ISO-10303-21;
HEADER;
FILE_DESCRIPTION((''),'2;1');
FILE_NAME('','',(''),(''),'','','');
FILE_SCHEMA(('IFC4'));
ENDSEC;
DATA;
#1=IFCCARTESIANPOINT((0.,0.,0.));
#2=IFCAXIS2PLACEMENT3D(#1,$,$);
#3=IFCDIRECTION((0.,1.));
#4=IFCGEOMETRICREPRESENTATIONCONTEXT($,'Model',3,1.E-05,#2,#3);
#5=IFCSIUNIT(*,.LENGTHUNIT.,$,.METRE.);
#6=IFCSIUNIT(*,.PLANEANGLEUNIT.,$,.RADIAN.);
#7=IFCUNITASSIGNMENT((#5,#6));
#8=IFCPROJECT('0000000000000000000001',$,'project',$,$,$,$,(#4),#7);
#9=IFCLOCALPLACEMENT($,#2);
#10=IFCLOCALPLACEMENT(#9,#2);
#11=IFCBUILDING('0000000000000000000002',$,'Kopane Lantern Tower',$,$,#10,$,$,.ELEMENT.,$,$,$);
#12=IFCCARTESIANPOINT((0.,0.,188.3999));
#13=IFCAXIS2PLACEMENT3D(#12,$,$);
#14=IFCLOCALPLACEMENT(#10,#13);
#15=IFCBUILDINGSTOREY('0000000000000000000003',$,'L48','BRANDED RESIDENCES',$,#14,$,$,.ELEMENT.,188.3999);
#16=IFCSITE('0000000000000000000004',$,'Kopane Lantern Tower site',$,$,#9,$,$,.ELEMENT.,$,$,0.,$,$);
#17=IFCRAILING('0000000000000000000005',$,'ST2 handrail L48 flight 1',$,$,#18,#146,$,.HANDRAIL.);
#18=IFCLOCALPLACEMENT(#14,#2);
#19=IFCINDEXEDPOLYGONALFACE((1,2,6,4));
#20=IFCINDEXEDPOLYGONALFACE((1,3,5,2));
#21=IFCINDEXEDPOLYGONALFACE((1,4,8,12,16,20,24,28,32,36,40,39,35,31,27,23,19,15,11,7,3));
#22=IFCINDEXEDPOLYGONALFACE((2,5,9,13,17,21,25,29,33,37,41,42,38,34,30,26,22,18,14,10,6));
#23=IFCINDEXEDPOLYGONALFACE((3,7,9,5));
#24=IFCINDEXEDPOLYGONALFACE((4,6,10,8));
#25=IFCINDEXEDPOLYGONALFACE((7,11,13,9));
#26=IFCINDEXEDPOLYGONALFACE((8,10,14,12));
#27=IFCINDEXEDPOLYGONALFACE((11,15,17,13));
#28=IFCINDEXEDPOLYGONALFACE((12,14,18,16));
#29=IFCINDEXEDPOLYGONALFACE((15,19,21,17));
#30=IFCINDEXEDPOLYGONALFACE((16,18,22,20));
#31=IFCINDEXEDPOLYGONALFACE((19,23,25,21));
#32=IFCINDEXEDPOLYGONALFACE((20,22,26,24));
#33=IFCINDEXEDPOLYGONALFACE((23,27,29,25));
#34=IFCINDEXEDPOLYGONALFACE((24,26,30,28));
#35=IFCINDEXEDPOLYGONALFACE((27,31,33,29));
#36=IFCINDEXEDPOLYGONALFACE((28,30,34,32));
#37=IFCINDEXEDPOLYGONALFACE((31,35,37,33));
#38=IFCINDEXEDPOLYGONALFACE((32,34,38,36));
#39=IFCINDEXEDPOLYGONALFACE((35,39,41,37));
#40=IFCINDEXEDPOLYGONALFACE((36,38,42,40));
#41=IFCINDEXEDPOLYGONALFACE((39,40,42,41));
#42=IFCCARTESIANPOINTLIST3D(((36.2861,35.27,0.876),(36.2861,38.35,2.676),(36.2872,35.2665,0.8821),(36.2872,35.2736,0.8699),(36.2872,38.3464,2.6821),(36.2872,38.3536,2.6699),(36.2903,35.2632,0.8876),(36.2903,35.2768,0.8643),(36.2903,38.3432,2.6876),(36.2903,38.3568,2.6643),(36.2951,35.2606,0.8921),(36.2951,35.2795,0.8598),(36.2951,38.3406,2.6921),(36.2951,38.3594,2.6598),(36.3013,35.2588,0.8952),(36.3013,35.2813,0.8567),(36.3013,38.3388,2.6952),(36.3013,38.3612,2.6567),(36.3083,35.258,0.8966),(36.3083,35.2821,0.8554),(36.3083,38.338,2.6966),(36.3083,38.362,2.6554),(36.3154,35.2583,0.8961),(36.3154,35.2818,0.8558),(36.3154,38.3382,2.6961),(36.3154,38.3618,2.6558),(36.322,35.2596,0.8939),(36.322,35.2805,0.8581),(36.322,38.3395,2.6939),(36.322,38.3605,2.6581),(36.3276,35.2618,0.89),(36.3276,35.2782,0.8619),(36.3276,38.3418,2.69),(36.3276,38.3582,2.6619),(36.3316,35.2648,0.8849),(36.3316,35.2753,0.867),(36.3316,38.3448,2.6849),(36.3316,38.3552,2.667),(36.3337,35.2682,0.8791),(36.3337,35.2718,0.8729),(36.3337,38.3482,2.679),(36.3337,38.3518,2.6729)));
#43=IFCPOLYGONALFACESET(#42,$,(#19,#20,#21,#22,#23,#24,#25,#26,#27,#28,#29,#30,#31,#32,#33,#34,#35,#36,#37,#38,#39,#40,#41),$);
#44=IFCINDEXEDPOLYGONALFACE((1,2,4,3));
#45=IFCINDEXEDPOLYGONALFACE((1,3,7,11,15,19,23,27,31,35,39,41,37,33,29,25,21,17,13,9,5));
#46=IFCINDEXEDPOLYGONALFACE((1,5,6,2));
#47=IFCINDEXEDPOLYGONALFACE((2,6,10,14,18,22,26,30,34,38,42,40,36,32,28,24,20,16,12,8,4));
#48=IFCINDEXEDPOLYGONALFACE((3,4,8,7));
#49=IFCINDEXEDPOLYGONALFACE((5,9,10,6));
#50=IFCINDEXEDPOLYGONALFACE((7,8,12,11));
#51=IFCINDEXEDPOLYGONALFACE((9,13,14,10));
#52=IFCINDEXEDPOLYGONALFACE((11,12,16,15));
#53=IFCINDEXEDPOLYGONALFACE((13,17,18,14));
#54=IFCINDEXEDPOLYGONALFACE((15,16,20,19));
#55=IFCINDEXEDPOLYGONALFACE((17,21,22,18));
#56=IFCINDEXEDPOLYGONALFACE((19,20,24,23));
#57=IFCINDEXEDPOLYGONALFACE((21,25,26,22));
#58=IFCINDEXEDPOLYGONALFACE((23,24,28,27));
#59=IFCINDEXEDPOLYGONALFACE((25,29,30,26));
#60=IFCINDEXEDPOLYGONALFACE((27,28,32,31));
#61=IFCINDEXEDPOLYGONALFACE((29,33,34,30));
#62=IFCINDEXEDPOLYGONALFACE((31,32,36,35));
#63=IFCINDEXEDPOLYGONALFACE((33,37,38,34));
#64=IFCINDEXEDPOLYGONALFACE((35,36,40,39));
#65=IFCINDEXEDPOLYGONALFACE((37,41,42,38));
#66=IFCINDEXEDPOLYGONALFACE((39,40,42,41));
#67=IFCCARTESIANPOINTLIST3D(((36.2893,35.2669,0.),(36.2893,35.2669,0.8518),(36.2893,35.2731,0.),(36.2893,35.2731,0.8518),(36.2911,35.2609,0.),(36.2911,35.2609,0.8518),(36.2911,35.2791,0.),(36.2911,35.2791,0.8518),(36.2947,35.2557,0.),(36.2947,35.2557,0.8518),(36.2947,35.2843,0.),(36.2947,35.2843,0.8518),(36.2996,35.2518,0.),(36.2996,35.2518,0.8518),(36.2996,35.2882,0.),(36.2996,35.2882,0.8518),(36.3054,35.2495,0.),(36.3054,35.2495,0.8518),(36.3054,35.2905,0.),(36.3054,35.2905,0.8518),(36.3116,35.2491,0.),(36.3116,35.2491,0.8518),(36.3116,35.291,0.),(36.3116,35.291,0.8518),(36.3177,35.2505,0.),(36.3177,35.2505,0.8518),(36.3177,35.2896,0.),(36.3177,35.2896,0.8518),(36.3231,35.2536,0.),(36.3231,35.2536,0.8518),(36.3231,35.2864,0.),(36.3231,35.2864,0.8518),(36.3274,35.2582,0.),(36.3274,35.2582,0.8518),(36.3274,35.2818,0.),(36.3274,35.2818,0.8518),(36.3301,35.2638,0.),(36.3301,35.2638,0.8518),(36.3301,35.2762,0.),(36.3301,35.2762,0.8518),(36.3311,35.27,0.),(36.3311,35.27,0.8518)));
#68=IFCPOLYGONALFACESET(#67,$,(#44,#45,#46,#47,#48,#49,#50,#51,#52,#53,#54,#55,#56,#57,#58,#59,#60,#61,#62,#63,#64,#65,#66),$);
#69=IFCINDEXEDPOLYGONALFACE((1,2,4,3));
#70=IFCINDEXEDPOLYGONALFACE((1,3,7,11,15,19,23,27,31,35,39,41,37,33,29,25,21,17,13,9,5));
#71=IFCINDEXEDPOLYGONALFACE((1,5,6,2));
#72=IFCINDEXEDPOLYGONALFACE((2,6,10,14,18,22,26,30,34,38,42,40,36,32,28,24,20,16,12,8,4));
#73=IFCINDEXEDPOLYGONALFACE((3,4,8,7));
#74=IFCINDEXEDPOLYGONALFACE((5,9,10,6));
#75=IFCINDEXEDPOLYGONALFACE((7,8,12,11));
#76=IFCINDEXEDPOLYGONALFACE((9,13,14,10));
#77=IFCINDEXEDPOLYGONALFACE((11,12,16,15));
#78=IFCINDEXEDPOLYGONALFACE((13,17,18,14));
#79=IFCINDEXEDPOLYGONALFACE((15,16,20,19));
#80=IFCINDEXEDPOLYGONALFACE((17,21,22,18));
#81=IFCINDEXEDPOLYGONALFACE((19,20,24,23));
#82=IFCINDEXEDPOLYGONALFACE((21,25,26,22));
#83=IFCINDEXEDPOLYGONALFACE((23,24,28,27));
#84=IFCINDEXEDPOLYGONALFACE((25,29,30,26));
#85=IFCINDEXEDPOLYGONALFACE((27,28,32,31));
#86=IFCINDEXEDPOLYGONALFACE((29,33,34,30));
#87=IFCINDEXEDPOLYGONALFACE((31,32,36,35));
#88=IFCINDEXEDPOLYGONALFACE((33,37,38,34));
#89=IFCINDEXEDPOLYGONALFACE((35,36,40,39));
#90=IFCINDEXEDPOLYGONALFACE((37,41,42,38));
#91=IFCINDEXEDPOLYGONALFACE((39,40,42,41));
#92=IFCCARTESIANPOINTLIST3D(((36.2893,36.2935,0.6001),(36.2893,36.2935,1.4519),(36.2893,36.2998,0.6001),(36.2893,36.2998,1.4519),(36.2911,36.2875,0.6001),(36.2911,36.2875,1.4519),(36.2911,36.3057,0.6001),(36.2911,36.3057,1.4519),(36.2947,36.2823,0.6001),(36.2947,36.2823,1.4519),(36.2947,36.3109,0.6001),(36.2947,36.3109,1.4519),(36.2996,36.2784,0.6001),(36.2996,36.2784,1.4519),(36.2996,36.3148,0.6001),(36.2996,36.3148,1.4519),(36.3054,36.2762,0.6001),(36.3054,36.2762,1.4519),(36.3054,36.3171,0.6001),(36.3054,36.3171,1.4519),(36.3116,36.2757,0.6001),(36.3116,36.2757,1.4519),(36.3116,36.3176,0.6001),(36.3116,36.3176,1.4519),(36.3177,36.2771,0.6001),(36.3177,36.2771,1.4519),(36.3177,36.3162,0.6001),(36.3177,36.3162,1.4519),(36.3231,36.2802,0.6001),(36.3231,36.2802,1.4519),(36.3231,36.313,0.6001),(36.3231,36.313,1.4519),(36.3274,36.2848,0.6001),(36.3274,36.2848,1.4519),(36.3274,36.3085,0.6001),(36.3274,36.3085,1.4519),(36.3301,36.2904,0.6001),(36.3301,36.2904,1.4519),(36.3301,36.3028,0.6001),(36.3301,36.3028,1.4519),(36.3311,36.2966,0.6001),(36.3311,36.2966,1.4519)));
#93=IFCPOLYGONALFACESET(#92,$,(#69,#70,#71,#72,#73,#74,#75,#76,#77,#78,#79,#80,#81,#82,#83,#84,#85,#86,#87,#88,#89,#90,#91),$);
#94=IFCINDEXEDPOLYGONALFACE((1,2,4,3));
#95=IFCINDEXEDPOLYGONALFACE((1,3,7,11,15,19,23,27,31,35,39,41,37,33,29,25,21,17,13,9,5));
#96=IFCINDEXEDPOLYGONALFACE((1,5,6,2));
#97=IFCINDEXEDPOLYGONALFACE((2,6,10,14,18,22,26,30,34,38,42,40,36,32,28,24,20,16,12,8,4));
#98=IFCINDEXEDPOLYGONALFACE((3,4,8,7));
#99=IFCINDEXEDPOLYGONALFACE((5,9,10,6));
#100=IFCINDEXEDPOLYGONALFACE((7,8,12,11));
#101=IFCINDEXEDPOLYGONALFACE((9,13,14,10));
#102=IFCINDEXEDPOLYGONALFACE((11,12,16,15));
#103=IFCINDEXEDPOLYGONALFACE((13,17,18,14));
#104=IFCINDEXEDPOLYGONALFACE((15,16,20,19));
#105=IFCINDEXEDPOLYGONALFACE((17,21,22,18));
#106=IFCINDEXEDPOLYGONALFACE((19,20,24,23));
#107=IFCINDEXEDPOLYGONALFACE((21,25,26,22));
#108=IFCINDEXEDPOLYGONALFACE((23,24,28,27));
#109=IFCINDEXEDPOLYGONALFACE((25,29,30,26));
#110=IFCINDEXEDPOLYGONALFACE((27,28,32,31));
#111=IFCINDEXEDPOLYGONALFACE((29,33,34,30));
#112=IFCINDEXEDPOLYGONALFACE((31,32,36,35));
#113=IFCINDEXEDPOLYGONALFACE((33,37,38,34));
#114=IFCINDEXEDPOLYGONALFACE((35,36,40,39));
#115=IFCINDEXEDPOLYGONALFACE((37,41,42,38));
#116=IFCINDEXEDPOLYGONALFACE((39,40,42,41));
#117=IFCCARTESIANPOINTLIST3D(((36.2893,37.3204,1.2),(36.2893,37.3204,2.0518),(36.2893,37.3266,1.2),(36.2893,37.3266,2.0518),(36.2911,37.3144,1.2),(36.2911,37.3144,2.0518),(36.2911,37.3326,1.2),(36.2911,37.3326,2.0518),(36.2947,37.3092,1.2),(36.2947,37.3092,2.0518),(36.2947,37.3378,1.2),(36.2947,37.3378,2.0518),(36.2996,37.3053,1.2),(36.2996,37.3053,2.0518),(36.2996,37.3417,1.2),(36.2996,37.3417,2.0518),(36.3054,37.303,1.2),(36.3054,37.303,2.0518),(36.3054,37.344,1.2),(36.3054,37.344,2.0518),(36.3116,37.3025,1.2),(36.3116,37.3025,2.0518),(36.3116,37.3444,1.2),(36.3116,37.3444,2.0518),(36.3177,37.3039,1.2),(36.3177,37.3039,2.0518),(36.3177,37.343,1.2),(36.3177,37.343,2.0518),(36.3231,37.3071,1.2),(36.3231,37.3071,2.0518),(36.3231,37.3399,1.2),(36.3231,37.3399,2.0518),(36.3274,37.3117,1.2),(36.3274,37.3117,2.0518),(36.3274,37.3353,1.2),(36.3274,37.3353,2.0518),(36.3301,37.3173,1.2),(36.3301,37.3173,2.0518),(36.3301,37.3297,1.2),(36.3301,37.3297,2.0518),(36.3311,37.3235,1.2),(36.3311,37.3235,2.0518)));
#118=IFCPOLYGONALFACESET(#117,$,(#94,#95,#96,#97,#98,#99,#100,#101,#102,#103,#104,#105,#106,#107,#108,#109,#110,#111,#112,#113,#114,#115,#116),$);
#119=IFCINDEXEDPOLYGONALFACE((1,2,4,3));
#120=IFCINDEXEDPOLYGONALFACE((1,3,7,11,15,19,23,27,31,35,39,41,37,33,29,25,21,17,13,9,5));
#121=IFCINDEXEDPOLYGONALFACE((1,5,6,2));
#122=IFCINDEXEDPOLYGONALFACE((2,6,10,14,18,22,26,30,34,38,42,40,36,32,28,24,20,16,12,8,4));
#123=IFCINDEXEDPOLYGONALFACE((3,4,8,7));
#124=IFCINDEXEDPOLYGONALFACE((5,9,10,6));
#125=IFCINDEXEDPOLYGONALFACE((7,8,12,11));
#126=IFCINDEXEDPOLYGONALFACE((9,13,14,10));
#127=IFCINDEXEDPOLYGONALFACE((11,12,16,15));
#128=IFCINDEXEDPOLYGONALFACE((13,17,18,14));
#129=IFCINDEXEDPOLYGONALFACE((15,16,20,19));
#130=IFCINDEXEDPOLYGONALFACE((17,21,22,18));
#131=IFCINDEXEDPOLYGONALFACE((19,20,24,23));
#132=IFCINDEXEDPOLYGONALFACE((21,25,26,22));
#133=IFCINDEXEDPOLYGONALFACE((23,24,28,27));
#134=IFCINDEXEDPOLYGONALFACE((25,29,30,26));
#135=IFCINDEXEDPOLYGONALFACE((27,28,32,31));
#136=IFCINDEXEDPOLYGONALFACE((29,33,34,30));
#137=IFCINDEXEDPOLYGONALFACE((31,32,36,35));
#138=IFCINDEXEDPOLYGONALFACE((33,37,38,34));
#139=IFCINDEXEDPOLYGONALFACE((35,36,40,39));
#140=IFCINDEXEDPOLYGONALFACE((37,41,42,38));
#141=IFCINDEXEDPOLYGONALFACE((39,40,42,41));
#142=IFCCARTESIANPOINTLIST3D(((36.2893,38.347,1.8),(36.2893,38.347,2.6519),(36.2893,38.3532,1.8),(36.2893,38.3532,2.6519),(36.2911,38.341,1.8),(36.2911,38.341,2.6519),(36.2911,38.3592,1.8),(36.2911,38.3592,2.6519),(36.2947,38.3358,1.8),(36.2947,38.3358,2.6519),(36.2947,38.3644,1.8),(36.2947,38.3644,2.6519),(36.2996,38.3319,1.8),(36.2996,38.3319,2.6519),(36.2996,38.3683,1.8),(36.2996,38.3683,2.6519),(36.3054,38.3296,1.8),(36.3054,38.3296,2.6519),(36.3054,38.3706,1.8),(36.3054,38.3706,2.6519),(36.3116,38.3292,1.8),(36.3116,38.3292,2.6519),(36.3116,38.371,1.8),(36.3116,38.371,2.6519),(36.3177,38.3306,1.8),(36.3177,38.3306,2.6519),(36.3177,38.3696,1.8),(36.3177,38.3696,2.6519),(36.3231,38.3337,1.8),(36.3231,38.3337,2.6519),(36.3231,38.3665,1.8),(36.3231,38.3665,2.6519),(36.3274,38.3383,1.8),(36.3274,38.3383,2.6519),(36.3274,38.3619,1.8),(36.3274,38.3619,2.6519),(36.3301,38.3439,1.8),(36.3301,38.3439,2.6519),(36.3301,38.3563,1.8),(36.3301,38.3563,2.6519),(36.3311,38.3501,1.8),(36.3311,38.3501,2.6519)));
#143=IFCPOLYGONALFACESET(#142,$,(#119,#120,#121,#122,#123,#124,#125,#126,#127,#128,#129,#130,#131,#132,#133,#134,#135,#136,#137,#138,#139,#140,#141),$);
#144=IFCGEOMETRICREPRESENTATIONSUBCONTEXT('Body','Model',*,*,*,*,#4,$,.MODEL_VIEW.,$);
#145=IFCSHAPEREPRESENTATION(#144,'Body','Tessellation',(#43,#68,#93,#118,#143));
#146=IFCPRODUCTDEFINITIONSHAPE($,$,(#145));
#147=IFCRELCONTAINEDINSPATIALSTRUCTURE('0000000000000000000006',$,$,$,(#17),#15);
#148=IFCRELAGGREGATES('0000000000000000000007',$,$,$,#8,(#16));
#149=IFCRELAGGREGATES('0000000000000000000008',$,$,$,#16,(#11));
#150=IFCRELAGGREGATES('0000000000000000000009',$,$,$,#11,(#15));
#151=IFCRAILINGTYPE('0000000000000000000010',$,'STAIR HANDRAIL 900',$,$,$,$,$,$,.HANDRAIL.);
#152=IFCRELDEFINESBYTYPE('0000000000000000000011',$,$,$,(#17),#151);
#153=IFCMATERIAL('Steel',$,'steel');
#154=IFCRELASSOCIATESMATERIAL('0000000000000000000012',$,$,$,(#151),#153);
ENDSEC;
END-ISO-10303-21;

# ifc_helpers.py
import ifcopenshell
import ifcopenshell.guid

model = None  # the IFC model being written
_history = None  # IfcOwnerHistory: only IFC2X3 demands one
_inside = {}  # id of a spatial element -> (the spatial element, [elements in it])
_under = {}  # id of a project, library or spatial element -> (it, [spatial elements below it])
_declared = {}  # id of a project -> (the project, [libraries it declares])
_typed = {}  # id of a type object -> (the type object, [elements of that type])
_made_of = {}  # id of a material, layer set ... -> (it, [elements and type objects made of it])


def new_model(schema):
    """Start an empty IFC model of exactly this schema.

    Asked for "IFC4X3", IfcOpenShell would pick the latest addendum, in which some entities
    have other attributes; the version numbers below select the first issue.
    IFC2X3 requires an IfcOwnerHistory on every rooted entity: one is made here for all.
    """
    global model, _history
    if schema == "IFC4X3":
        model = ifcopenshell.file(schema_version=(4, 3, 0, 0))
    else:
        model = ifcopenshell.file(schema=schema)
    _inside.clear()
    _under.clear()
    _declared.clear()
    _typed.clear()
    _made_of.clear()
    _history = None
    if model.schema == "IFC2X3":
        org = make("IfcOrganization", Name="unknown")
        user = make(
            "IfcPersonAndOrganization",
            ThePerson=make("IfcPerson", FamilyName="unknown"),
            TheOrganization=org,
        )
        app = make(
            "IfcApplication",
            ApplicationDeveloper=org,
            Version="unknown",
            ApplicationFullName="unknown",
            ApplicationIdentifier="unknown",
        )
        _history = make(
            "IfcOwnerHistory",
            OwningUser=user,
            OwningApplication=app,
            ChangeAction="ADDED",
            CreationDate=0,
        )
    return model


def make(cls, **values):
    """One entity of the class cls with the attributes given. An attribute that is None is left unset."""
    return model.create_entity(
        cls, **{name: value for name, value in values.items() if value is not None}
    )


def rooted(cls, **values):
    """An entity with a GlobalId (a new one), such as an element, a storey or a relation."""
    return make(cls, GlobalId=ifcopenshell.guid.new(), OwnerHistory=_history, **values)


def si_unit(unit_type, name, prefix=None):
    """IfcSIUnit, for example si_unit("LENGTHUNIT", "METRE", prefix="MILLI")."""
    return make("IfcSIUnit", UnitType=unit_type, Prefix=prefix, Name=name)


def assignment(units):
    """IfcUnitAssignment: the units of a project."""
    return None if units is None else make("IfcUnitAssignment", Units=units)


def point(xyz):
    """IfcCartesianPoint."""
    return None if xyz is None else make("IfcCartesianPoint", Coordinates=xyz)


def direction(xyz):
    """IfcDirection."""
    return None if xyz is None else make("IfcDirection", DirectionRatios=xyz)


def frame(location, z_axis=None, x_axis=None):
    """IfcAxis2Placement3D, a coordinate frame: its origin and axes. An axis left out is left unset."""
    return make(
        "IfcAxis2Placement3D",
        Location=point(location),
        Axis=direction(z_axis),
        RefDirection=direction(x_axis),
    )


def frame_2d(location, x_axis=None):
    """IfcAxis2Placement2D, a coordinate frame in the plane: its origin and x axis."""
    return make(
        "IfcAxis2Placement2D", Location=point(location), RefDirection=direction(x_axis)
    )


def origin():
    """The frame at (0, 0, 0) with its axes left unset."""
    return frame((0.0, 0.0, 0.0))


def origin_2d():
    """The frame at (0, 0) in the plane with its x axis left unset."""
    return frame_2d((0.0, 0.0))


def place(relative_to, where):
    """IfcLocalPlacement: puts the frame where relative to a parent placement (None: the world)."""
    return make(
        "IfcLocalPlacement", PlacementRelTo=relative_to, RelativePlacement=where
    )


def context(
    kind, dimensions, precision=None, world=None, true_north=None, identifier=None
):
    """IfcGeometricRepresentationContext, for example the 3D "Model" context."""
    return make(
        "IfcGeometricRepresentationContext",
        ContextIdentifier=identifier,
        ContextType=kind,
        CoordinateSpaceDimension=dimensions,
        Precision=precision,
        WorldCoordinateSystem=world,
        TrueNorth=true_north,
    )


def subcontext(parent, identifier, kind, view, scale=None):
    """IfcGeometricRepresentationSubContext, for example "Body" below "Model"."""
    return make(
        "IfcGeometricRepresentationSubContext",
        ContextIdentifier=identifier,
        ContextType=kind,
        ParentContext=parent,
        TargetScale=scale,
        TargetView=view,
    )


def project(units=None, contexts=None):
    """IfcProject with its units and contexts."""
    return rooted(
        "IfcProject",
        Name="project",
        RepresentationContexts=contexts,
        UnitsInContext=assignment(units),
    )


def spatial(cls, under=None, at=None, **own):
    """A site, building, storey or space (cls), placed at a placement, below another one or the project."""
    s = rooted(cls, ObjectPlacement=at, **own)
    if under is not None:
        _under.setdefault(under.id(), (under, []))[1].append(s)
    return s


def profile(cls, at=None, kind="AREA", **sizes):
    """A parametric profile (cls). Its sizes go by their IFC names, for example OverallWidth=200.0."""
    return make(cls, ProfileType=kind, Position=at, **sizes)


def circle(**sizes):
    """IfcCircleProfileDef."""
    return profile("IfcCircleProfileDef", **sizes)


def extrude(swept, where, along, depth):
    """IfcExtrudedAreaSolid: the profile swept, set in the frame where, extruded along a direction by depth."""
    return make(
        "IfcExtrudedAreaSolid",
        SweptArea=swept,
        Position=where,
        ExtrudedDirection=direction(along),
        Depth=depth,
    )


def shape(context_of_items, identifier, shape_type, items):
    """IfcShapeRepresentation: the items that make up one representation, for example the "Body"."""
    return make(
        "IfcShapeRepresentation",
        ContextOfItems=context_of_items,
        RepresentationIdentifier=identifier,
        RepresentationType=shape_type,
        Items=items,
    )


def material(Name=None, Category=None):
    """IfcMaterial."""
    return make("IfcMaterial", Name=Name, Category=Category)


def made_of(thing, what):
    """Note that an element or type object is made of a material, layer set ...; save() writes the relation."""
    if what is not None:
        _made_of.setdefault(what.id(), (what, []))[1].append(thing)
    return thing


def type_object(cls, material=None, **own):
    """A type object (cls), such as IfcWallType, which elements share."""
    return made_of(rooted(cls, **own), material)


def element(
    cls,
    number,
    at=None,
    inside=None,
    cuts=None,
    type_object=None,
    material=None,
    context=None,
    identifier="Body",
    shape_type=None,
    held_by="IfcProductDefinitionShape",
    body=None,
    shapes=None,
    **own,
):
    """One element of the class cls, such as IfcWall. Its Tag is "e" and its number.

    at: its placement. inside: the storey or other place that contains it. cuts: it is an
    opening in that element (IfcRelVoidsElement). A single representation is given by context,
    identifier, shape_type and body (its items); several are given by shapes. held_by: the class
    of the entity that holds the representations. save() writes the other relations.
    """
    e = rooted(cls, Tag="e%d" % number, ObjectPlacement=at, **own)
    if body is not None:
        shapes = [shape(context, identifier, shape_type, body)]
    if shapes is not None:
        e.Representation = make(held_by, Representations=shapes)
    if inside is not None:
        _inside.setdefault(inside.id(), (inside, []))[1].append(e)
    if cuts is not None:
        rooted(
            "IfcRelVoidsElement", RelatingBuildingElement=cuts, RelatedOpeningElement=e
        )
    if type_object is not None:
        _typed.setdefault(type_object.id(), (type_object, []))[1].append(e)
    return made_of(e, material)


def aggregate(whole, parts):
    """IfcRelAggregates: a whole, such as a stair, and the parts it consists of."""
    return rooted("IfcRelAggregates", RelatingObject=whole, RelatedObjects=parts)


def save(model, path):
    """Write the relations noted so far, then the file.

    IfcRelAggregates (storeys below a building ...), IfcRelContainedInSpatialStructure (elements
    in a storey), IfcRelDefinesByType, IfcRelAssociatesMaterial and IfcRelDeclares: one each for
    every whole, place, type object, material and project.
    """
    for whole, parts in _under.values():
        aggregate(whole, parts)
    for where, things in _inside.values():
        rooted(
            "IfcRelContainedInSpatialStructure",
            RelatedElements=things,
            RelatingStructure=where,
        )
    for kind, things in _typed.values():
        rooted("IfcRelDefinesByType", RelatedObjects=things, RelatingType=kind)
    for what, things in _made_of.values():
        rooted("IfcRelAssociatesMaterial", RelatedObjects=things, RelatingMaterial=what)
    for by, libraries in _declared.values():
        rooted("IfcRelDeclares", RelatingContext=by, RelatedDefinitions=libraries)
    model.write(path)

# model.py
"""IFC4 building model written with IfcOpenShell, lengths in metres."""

from ifc_helpers import new_model, si_unit, direction, frame, origin, origin_2d, place, context, subcontext, project, spatial, circle, extrude, material, type_object, element, save


model = new_model("IFC4")

# Units and contexts
model_context = context("Model", 3, precision=1e-05, world=origin(), true_north=direction((0.0, 1.0)))
body_context = subcontext(model_context, "Body", "Model", "MODEL_VIEW")
ifc_project = project(units=[si_unit("LENGTHUNIT", "METRE"), si_unit("PLANEANGLEUNIT", "RADIAN")], contexts=[model_context])

# Site, building, storey
site_placement = place(None, origin())
site = spatial("IfcSite", under=ifc_project, at=site_placement, Name="Kopane Lantern Tower site", CompositionType="ELEMENT", RefElevation=0.0)
building_placement = place(site_placement, origin())
building = spatial("IfcBuilding", under=site, at=building_placement, Name="Kopane Lantern Tower", CompositionType="ELEMENT")
storey_placement = place(building_placement, frame((0.0, 0.0, 188.3999)))
storey = spatial("IfcBuildingStorey", under=building, at=storey_placement, Name="L48", Description="BRANDED RESIDENCES", CompositionType="ELEMENT", Elevation=188.3999)

# Railing
ifc_material_1 = material(Name="Steel", Category="steel")
railing_type_1 = type_object("IfcRailingType", Name="STAIR HANDRAIL 900", PredefinedType="HANDRAIL", material=ifc_material_1)
for number, where, name in (
    (1, (36.3101, 35.27, 0.0), "ST2 handrail L48 flight 1"),
):
    element("IfcRailing", number, at=place(storey_placement, frame(where)), inside=storey, type_object=railing_type_1, Name=name, PredefinedType="HANDRAIL", context=body_context, shape_type="SweptSolid", body=[
        extrude(circle(Radius=0.0239, at=origin_2d()), frame((0.0, 0.0, 0.876), z_axis=(0.0, 0.863372, 0.504569), x_axis=(-1.0, 0.0, 0.0)), (0.0, 0.0, 1.0), 3.5674),
        extrude(circle(Radius=0.021, at=origin_2d()), origin(), (0.0, 0.0, 1.0), 0.8518),
        extrude(circle(Radius=0.021, at=origin_2d()), frame((0.0, 1.0266, 0.6001)), (0.0, 0.0, 1.0), 0.8518),
        extrude(circle(Radius=0.021, at=origin_2d()), frame((0.0, 2.0535, 1.2)), (0.0, 0.0, 1.0), 0.8518),
        extrude(circle(Radius=0.021, at=origin_2d()), frame((0.0, 3.0801, 1.8)), (0.0, 0.0, 1.0), 0.8518),
    ])

save(model, "model.ifc")
